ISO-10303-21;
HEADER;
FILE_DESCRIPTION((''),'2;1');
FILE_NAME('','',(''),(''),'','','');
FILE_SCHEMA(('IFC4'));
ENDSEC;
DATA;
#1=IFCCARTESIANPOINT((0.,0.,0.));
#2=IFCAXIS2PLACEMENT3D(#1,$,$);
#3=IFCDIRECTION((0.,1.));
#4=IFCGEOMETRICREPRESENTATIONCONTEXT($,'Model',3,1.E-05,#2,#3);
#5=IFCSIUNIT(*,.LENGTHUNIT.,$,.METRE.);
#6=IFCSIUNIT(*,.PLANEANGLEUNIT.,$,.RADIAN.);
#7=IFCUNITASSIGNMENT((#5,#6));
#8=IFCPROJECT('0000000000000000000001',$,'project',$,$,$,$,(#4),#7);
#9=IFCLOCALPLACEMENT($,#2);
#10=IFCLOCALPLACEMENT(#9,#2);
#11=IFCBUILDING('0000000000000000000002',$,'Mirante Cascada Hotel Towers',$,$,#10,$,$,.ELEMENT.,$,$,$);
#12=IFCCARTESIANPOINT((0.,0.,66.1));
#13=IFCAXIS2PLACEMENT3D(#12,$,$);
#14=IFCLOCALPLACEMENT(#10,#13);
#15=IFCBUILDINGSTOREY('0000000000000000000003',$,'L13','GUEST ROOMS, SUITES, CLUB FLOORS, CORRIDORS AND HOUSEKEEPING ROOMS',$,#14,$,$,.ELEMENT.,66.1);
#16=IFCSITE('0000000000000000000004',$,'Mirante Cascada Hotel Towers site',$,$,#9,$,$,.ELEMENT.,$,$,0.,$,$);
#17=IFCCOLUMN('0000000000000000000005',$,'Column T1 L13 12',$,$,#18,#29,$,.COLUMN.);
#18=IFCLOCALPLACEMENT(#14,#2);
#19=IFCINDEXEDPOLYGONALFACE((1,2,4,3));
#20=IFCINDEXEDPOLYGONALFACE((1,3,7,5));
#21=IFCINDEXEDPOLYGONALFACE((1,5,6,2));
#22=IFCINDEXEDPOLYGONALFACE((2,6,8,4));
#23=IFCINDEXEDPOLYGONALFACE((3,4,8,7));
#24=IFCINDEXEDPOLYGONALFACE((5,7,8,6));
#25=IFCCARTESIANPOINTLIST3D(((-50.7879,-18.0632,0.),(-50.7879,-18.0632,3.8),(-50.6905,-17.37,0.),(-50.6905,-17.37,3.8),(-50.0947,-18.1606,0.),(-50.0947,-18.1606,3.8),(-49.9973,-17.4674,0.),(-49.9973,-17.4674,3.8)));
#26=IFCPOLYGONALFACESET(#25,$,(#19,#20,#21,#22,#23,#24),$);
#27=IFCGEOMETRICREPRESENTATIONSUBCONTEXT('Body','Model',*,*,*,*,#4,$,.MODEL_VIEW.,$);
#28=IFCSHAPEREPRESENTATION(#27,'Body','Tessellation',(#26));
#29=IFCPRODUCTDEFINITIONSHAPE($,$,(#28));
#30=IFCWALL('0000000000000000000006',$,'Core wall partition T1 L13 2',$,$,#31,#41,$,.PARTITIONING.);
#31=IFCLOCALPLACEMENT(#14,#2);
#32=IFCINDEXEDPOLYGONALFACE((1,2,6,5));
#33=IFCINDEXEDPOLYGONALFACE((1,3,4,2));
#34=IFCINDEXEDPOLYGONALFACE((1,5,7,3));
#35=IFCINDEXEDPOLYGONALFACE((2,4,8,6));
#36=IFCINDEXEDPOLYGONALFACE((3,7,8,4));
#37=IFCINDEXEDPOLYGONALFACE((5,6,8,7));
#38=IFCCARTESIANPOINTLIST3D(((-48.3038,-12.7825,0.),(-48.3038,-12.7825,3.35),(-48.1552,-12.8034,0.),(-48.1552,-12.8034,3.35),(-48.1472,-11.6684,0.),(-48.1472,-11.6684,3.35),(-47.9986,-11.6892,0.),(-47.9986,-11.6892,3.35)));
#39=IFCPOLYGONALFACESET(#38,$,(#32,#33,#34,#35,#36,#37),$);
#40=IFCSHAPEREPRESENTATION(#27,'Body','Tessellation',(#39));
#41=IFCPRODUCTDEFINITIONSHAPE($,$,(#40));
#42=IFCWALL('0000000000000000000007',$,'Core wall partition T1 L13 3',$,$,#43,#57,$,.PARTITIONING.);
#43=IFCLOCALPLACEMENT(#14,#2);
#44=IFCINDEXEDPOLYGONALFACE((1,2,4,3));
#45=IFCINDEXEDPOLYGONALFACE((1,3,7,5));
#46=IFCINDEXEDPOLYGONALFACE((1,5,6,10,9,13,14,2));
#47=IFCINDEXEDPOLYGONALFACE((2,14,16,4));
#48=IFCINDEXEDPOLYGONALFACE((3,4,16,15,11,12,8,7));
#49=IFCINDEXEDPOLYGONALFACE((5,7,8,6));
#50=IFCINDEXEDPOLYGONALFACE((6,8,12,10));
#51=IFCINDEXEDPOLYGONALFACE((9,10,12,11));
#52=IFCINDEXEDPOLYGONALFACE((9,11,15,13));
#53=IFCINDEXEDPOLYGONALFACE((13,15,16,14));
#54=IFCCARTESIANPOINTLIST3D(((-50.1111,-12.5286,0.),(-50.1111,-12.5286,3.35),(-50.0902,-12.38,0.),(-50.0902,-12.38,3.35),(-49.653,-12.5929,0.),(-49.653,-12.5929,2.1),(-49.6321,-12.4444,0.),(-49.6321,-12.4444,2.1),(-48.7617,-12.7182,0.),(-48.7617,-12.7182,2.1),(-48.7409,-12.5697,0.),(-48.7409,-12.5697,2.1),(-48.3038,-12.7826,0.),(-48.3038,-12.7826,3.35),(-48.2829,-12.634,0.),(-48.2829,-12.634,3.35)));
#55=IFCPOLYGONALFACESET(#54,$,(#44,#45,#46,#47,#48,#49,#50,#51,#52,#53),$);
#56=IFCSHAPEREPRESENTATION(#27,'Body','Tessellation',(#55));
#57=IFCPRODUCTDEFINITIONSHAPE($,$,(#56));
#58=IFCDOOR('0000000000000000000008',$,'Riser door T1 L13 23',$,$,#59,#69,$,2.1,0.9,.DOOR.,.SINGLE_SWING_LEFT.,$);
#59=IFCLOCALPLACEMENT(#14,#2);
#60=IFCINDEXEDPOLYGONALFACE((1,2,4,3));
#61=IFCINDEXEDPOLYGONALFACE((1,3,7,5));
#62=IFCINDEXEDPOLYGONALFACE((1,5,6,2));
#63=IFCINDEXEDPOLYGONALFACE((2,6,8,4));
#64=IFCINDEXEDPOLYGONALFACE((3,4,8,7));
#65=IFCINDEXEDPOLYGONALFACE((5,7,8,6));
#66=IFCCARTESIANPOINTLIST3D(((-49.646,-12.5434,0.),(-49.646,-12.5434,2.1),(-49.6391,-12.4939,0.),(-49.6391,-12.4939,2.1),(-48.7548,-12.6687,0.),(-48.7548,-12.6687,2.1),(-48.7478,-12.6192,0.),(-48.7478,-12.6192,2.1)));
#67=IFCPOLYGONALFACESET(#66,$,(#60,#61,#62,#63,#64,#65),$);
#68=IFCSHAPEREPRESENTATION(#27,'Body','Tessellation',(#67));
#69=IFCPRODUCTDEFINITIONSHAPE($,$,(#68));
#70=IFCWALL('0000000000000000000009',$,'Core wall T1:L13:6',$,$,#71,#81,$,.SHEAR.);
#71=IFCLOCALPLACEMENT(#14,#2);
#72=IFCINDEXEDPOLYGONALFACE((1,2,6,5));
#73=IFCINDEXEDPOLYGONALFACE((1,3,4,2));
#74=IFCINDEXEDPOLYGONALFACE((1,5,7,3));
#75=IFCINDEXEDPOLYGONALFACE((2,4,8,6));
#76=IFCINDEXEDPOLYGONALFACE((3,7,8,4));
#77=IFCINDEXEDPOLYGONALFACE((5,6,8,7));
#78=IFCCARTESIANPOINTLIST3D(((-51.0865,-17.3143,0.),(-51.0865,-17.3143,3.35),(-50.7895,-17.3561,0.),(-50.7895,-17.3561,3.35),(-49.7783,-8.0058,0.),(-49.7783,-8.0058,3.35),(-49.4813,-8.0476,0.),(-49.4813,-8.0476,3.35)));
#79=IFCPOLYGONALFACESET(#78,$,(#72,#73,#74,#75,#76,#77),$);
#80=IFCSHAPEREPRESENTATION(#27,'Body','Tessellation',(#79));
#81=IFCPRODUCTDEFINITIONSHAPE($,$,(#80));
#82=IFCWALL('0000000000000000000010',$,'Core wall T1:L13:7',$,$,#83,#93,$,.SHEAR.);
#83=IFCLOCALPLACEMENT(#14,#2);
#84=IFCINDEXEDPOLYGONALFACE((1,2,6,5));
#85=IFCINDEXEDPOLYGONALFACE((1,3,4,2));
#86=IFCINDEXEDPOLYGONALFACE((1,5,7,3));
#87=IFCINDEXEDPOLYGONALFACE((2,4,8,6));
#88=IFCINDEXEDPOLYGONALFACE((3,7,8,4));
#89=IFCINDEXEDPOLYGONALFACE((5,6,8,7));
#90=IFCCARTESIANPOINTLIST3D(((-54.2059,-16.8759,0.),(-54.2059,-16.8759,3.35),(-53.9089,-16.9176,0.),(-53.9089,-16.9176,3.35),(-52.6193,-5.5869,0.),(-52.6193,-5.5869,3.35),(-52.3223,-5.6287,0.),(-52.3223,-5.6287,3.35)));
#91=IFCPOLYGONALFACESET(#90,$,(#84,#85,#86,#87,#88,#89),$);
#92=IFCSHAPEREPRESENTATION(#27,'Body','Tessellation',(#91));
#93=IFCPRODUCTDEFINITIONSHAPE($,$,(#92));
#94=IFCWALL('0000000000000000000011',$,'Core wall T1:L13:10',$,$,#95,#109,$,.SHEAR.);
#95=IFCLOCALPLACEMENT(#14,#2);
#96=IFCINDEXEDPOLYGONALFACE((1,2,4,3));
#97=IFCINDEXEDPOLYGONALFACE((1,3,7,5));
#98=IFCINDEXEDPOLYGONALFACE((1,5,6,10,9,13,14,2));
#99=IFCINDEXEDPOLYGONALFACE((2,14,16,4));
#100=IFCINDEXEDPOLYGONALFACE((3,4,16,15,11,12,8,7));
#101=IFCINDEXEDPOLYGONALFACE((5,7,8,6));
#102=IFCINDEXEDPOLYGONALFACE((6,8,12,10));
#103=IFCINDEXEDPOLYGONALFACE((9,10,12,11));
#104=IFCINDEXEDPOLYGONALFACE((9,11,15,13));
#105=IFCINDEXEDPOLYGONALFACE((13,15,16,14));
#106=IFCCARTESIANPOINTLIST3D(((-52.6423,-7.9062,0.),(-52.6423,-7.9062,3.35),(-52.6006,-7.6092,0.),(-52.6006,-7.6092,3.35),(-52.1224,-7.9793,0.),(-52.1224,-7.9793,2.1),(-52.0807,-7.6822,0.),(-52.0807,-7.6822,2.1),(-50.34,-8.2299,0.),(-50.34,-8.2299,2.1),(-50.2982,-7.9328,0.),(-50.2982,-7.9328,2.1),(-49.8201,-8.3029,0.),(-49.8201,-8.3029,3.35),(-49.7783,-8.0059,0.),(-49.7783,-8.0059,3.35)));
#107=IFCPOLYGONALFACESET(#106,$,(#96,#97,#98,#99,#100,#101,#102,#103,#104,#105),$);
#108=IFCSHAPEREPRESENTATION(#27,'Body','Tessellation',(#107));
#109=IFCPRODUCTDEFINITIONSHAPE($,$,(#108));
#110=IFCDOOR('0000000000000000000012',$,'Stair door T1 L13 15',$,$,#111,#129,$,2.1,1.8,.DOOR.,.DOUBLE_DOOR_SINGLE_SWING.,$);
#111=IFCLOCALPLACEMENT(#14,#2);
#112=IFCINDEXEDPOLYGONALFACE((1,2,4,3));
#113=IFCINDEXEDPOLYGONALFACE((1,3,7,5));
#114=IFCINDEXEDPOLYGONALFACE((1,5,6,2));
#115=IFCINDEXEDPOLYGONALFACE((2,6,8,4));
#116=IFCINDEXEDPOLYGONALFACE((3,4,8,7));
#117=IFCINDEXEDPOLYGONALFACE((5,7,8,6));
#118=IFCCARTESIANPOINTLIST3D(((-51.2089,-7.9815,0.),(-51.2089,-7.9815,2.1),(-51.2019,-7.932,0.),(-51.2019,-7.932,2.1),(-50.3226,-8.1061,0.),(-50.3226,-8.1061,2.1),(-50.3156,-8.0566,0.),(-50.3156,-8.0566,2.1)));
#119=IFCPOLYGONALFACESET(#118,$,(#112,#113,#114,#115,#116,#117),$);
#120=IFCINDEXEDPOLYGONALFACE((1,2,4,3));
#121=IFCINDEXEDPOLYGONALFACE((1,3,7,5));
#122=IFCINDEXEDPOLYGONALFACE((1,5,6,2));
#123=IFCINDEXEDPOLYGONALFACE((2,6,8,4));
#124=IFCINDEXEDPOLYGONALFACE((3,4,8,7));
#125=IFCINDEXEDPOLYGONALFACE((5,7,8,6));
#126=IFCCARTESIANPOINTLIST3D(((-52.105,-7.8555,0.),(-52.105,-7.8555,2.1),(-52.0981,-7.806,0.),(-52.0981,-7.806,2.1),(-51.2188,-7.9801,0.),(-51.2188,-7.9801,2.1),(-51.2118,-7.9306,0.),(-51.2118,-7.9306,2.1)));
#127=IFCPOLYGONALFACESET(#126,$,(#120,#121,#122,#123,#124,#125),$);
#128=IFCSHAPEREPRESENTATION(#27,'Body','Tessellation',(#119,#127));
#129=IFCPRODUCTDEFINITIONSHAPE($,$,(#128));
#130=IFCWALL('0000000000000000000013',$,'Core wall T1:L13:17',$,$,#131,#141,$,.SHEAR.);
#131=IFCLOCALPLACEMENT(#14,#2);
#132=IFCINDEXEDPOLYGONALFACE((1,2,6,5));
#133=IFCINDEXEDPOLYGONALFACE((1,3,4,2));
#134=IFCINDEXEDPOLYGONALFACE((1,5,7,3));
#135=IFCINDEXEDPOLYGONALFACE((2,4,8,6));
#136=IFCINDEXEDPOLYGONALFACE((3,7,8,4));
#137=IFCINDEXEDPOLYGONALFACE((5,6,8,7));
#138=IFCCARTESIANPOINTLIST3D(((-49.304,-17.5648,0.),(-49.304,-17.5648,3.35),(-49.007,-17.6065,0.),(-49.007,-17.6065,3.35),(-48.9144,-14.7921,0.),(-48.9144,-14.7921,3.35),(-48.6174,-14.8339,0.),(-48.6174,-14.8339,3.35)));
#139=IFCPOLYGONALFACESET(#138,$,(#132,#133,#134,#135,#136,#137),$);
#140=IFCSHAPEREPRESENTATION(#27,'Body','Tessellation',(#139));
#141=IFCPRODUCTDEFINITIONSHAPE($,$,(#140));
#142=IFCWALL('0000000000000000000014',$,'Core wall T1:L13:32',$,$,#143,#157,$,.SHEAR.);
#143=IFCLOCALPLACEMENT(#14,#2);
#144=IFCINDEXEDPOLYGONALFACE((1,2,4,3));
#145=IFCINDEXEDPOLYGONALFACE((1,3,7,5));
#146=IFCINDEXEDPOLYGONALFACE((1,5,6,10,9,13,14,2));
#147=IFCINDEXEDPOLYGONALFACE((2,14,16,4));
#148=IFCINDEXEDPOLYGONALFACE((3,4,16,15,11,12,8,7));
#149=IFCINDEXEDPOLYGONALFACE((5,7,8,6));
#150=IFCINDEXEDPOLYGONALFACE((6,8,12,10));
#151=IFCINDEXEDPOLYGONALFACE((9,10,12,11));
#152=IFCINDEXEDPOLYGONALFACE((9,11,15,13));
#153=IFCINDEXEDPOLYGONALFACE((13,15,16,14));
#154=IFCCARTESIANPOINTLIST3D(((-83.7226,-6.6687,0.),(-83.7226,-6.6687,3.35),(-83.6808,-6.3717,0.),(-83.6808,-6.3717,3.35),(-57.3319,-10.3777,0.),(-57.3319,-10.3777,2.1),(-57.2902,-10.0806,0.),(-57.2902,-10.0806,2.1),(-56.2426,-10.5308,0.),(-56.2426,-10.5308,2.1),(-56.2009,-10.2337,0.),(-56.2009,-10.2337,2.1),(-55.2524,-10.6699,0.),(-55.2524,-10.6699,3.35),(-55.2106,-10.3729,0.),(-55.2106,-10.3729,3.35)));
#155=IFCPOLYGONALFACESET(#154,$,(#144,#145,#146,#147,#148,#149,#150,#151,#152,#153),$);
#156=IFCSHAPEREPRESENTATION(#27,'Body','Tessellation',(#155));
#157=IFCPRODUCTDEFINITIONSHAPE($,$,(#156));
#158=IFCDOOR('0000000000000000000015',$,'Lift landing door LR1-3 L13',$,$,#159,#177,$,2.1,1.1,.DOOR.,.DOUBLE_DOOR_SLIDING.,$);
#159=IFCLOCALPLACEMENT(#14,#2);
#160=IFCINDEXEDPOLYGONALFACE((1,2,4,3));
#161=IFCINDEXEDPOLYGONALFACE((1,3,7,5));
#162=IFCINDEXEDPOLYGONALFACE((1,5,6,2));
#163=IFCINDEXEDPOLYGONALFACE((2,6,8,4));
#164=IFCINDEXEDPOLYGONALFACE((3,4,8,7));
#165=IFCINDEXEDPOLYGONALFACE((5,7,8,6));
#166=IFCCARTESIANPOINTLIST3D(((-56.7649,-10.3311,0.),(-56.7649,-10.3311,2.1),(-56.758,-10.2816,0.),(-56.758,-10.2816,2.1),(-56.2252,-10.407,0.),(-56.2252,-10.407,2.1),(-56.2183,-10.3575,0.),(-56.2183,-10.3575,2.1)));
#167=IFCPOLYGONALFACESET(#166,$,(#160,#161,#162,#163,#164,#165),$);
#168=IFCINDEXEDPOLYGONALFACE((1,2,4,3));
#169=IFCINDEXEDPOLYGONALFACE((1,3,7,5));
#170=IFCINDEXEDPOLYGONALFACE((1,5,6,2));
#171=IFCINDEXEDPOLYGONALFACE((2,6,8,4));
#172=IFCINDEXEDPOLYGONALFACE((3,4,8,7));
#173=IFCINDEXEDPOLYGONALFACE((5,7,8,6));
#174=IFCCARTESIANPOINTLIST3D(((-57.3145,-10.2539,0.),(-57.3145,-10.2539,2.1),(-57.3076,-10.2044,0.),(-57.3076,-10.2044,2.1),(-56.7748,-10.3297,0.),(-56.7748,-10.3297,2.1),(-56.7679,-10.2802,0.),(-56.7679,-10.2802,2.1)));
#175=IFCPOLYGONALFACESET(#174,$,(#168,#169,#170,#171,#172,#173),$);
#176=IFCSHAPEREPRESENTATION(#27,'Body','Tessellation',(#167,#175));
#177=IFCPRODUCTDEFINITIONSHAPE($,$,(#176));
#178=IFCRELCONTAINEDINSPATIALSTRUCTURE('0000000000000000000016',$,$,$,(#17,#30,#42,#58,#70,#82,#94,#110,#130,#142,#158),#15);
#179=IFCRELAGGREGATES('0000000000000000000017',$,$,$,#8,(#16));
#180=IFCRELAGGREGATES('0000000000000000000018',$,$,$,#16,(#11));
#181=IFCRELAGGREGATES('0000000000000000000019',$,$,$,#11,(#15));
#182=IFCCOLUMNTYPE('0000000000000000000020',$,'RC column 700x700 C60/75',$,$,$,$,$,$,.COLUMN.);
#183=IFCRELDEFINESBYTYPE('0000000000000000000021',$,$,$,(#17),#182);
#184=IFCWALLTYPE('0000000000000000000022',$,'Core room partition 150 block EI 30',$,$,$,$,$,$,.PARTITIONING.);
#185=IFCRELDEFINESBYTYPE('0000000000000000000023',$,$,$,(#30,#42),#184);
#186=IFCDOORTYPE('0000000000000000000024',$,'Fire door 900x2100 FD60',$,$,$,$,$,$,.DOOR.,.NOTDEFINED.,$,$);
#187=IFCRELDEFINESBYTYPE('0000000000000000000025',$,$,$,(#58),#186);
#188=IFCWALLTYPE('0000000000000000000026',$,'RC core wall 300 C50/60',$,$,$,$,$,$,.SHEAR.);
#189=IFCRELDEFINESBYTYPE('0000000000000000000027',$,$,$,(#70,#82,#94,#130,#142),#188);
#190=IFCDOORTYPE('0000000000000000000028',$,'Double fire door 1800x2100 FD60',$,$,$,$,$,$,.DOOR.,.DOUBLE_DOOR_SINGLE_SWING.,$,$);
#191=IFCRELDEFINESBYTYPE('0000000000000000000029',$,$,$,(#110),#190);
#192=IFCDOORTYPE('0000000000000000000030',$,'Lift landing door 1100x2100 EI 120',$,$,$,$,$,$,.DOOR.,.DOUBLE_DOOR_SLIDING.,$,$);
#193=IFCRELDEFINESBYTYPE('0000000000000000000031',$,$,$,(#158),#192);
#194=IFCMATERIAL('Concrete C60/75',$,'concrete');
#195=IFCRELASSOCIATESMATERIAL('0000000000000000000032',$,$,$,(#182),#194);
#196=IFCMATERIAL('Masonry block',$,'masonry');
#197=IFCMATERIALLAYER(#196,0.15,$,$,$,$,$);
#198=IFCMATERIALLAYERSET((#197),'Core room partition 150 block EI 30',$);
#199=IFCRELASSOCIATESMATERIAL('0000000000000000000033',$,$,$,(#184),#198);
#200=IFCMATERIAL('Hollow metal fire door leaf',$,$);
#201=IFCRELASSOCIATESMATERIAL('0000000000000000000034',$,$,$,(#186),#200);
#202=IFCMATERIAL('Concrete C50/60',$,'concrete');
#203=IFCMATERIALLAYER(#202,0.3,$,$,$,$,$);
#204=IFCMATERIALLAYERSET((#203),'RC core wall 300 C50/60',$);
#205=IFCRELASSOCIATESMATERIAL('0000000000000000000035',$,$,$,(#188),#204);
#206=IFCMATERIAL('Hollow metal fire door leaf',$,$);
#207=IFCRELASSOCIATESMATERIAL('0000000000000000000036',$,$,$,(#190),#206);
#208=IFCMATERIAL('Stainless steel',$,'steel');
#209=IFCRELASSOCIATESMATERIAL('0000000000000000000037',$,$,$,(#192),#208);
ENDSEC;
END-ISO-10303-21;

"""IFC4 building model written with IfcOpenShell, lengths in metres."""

from ifc_helpers import new_model, si_unit, direction, frame, frame_2d, origin, origin_2d, place, context, subcontext, project, spatial, rectangle, extrude, material, layer, layer_set, material_profile, profile_set, type_object, element, fill, save


model = new_model("IFC4")

# Units and contexts
model_context = context("Model", 3, precision=1e-05, world=origin(), true_north=direction((0.0, 1.0)))
body_context = subcontext(model_context, "Body", "Model", "MODEL_VIEW")
ifc_project = project(units=[si_unit("LENGTHUNIT", "METRE"), si_unit("PLANEANGLEUNIT", "RADIAN")], contexts=[model_context])

# Site, building, storey
site_placement = place(None, origin())
site = spatial("IfcSite", under=ifc_project, at=site_placement, Name="Mirante Cascada Hotel Towers site", CompositionType="ELEMENT", RefElevation=0.0)
building_placement = place(site_placement, origin())
building = spatial("IfcBuilding", under=site, at=building_placement, Name="Mirante Cascada Hotel Towers", CompositionType="ELEMENT")
storey_placement = place(building_placement, frame((0.0, 0.0, 66.1)))
storey = spatial("IfcBuildingStorey", under=building, at=storey_placement, Name="L13", Description="GUEST ROOMS, SUITES, CLUB FLOORS, CORRIDORS AND HOUSEKEEPING ROOMS", CompositionType="ELEMENT", Elevation=66.1)

# Column
ifc_material_1 = material(Name="Concrete C60/75", Category="concrete")
ifc_material_profile = material_profile(ifc_material_1, rectangle(XDim=0.7, YDim=0.7, at=origin_2d()), Name="RC column 700x700 C60/75")
ifc_profile_set = profile_set([ifc_material_profile], Name="Concrete C60/75")
column_type = type_object("IfcColumnType", Name="RC column 700x700 C60/75", PredefinedType="COLUMN", material=ifc_profile_set)
column_placement = place(storey_placement, frame((-50.3926, -17.7653, 0.0), z_axis=(0.0, 0.0, 1.0), x_axis=(-0.990268, 0.139173, 0.0)))
element("IfcColumn", 1, at=column_placement, inside=storey, type_object=column_type, Name="Column T1 L13 12", PredefinedType="COLUMN", context=body_context, shape_type="SweptSolid", body=[
    extrude(rectangle(XDim=0.7, YDim=0.7, at=origin_2d()), origin(), (0.0, 0.0, 1.0), 3.8),
])

# Wall
ifc_material_2 = material(Name="Masonry block", Category="masonry")
ifc_layer_1 = layer(ifc_material_2, 0.15)
ifc_layer_set_1 = layer_set([ifc_layer_1], Name="Core room partition 150 block EI 30")
wall_type_1 = type_object("IfcWallType", Name="Core room partition 150 block EI 30", PredefinedType="PARTITIONING", material=ifc_layer_set_1)
wall_1_placement = place(storey_placement, frame((-48.2295, -12.793, 0.0), z_axis=(0.0, 0.0, 1.0), x_axis=(0.139193, 0.990265, 0.0)))
element("IfcWall", 2, at=wall_1_placement, inside=storey, type_object=wall_type_1, Name="Core wall partition T1 L13 2", PredefinedType="PARTITIONING", context=body_context, shape_type="SweptSolid", body=[
    extrude(rectangle(XDim=1.1251, YDim=0.15, at=frame_2d((0.5626, 0.0))), origin(), (0.0, 0.0, 1.0), 3.35),
])

# Wall, opening, door
wall_2_placement = place(storey_placement, frame((-48.2933, -12.7083, 0.0), z_axis=(0.0, 0.0, 1.0), x_axis=(-0.990268, 0.139173, 0.0)))
wall_2 = element("IfcWall", 3, at=wall_2_placement, inside=storey, type_object=wall_type_1, Name="Core wall partition T1 L13 3", PredefinedType="PARTITIONING", context=body_context, shape_type="SweptSolid", body=[
    extrude(rectangle(XDim=1.8251, YDim=0.15, at=frame_2d((0.9126, 0.0))), origin(), (0.0, 0.0, 1.0), 3.35),
])
opening_1_placement = place(wall_2_placement, frame((0.4625, 0.0, 0.0)))
opening_1 = element("IfcOpeningElement", 4, at=opening_1_placement, cuts=wall_2, PredefinedType="OPENING", context=body_context, shape_type="SweptSolid", body=[
    extrude(rectangle(XDim=0.9, YDim=2.1, at=frame_2d((0.45, 1.05))), frame((0.0, 0.075, 0.0), z_axis=(0.0, -1.0, 0.0), x_axis=(1.0, 0.0, 0.0)), (0.0, 0.0, 1.0), 0.15),
])
ifc_material_3 = material(Name="Hollow metal fire door leaf")
door_type_1 = type_object("IfcDoorType", Name="Fire door 900x2100 FD60", OperationType="NOTDEFINED", PredefinedType="DOOR", material=ifc_material_3)
door_1_placement = place(opening_1_placement, origin())
door_1 = element("IfcDoor", 5, at=door_1_placement, inside=storey, type_object=door_type_1, Name="Riser door T1 L13 23", OperationType="SINGLE_SWING_LEFT", OverallHeight=2.1, OverallWidth=0.9, PredefinedType="DOOR", context=body_context, shape_type="SweptSolid", body=[
    extrude(rectangle(XDim=0.9, YDim=2.1, at=frame_2d((0.45, 1.05))), frame((0.0, 0.025, 0.0), z_axis=(0.0, -1.0, 0.0), x_axis=(1.0, 0.0, 0.0)), (0.0, 0.0, 1.0), 0.05),
])
fill(opening_1, door_1)

# Walls
ifc_material_4 = material(Name="Concrete C50/60", Category="concrete")
ifc_layer_2 = layer(ifc_material_4, 0.3)
ifc_layer_set_2 = layer_set([ifc_layer_2], Name="RC core wall 300 C50/60")
wall_type_2 = type_object("IfcWallType", Name="RC core wall 300 C50/60", PredefinedType="SHEAR", material=ifc_layer_set_2)
wall_3_placement = place(storey_placement, frame((-50.938, -17.3352, 0.0), z_axis=(0.0, 0.0, 1.0), x_axis=(0.139171, 0.990268, 0.0)))
element("IfcWall", 6, at=wall_3_placement, inside=storey, type_object=wall_type_2, Name="Core wall T1:L13:6", PredefinedType="SHEAR", context=body_context, shape_type="SweptSolid", body=[
    extrude(rectangle(XDim=9.4, YDim=0.3, at=frame_2d((4.7, 0.0))), origin(), (0.0, 0.0, 1.0), 3.35),
])
wall_4_placement = place(storey_placement, frame((-54.0574, -16.8968, 0.0), z_axis=(0.0, 0.0, 1.0), x_axis=(0.139176, 0.990268, 0.0)))
element("IfcWall", 7, at=wall_4_placement, inside=storey, type_object=wall_type_2, Name="Core wall T1:L13:7", PredefinedType="SHEAR", context=body_context, shape_type="SweptSolid", body=[
    extrude(rectangle(XDim=11.3999, YDim=0.3, at=frame_2d((5.7, 0.0))), origin(), (0.0, 0.0, 1.0), 3.35),
])

# Wall, opening, door
wall_5_placement = place(storey_placement, frame((-49.7992, -8.1544, 0.0), z_axis=(0.0, 0.0, 1.0), x_axis=(-0.990266, 0.139191, 0.0)))
wall_5 = element("IfcWall", 8, at=wall_5_placement, inside=storey, type_object=wall_type_2, Name="Core wall T1:L13:10", PredefinedType="SHEAR", context=body_context, shape_type="SweptSolid", body=[
    extrude(rectangle(XDim=2.85, YDim=0.3, at=frame_2d((1.425, 0.0))), origin(), (0.0, 0.0, 1.0), 3.35),
])
opening_2_placement = place(wall_5_placement, frame((0.525, 0.0, 0.0)))
opening_2 = element("IfcOpeningElement", 9, at=opening_2_placement, cuts=wall_5, PredefinedType="OPENING", context=body_context, shape_type="SweptSolid", body=[
    extrude(rectangle(XDim=1.8, YDim=2.1, at=frame_2d((0.9, 1.05))), frame((0.0, 0.15, 0.0), z_axis=(0.0, -1.0, 0.0), x_axis=(1.0, 0.0, 0.0)), (0.0, 0.0, 1.0), 0.3),
])
ifc_material_5 = material(Name="Hollow metal fire door leaf")
door_type_2 = type_object("IfcDoorType", Name="Double fire door 1800x2100 FD60", OperationType="DOUBLE_DOOR_SINGLE_SWING", PredefinedType="DOOR", material=ifc_material_5)
door_2_placement = place(opening_2_placement, origin())
door_2 = element("IfcDoor", 10, at=door_2_placement, inside=storey, type_object=door_type_2, Name="Stair door T1 L13 15", OperationType="DOUBLE_DOOR_SINGLE_SWING", OverallHeight=2.1, OverallWidth=1.8, PredefinedType="DOOR", context=body_context, shape_type="SweptSolid", body=[
    extrude(rectangle(XDim=0.895, YDim=2.1, at=frame_2d((0.4475, 1.05))), frame((0.0, 0.025, 0.0), z_axis=(0.0, -1.0, 0.0), x_axis=(1.0, 0.0, 0.0)), (0.0, 0.0, 1.0), 0.05),
    extrude(rectangle(XDim=0.895, YDim=2.1, at=frame_2d((1.3525, 1.05))), frame((0.0, 0.025, 0.0), z_axis=(0.0, -1.0, 0.0), x_axis=(1.0, 0.0, 0.0)), (0.0, 0.0, 1.0), 0.05),
])
fill(opening_2, door_2)

# Wall
wall_6_placement = place(storey_placement, frame((-49.1555, -17.5857, 0.0), z_axis=(0.0, 0.0, 1.0), x_axis=(0.139146, 0.990272, 0.0)))
element("IfcWall", 11, at=wall_6_placement, inside=storey, type_object=wall_type_2, Name="Core wall T1:L13:17", PredefinedType="SHEAR", context=body_context, shape_type="SweptSolid", body=[
    extrude(rectangle(XDim=2.7999, YDim=0.3, at=frame_2d((1.4, 0.0))), origin(), (0.0, 0.0, 1.0), 3.35),
])

# Shared definitions
ifc_material_6 = material(Name="Stainless steel", Category="steel")
door_type_3 = type_object("IfcDoorType", Name="Lift landing door 1100x2100 EI 120", OperationType="DOUBLE_DOOR_SLIDING", PredefinedType="DOOR", material=ifc_material_6)

# Wall, opening, door
wall_7_placement = place(storey_placement, frame((-55.2315, -10.5214, 0.0), z_axis=(0.0, 0.0, 1.0), x_axis=(-0.990268, 0.139172, 0.0)))
wall_7 = element("IfcWall", 12, at=wall_7_placement, inside=storey, type_object=wall_type_2, Name="Core wall T1:L13:32", PredefinedType="SHEAR", context=body_context, shape_type="SweptSolid", body=[
    extrude(rectangle(XDim=28.75, YDim=0.3, at=frame_2d((14.375, 0.0))), origin(), (0.0, 0.0, 1.0), 3.35),
])
opening_3_placement = place(wall_7_placement, frame((1.0, 0.0, 0.0)))
opening_3 = element("IfcOpeningElement", 13, at=opening_3_placement, cuts=wall_7, PredefinedType="OPENING", context=body_context, shape_type="SweptSolid", body=[
    extrude(rectangle(XDim=1.1, YDim=2.1, at=frame_2d((0.55, 1.05))), frame((0.0, 0.15, 0.0), z_axis=(0.0, -1.0, 0.0), x_axis=(1.0, 0.0, 0.0)), (0.0, 0.0, 1.0), 0.3),
])
door_3_placement = place(opening_3_placement, origin())
door_3 = element("IfcDoor", 14, at=door_3_placement, inside=storey, type_object=door_type_3, Name="Lift landing door LR1-3 L13", OperationType="DOUBLE_DOOR_SLIDING", OverallHeight=2.1, OverallWidth=1.1, PredefinedType="DOOR", context=body_context, shape_type="SweptSolid", body=[
    extrude(rectangle(XDim=0.545, YDim=2.1, at=frame_2d((0.2725, 1.05))), frame((0.0, 0.025, 0.0), z_axis=(0.0, -1.0, 0.0), x_axis=(1.0, 0.0, 0.0)), (0.0, 0.0, 1.0), 0.05),
    extrude(rectangle(XDim=0.545, YDim=2.1, at=frame_2d((0.8275, 1.05))), frame((0.0, 0.025, 0.0), z_axis=(0.0, -1.0, 0.0), x_axis=(1.0, 0.0, 0.0)), (0.0, 0.0, 1.0), 0.05),
])
fill(opening_3, door_3)

save(model, "model.ifc")
